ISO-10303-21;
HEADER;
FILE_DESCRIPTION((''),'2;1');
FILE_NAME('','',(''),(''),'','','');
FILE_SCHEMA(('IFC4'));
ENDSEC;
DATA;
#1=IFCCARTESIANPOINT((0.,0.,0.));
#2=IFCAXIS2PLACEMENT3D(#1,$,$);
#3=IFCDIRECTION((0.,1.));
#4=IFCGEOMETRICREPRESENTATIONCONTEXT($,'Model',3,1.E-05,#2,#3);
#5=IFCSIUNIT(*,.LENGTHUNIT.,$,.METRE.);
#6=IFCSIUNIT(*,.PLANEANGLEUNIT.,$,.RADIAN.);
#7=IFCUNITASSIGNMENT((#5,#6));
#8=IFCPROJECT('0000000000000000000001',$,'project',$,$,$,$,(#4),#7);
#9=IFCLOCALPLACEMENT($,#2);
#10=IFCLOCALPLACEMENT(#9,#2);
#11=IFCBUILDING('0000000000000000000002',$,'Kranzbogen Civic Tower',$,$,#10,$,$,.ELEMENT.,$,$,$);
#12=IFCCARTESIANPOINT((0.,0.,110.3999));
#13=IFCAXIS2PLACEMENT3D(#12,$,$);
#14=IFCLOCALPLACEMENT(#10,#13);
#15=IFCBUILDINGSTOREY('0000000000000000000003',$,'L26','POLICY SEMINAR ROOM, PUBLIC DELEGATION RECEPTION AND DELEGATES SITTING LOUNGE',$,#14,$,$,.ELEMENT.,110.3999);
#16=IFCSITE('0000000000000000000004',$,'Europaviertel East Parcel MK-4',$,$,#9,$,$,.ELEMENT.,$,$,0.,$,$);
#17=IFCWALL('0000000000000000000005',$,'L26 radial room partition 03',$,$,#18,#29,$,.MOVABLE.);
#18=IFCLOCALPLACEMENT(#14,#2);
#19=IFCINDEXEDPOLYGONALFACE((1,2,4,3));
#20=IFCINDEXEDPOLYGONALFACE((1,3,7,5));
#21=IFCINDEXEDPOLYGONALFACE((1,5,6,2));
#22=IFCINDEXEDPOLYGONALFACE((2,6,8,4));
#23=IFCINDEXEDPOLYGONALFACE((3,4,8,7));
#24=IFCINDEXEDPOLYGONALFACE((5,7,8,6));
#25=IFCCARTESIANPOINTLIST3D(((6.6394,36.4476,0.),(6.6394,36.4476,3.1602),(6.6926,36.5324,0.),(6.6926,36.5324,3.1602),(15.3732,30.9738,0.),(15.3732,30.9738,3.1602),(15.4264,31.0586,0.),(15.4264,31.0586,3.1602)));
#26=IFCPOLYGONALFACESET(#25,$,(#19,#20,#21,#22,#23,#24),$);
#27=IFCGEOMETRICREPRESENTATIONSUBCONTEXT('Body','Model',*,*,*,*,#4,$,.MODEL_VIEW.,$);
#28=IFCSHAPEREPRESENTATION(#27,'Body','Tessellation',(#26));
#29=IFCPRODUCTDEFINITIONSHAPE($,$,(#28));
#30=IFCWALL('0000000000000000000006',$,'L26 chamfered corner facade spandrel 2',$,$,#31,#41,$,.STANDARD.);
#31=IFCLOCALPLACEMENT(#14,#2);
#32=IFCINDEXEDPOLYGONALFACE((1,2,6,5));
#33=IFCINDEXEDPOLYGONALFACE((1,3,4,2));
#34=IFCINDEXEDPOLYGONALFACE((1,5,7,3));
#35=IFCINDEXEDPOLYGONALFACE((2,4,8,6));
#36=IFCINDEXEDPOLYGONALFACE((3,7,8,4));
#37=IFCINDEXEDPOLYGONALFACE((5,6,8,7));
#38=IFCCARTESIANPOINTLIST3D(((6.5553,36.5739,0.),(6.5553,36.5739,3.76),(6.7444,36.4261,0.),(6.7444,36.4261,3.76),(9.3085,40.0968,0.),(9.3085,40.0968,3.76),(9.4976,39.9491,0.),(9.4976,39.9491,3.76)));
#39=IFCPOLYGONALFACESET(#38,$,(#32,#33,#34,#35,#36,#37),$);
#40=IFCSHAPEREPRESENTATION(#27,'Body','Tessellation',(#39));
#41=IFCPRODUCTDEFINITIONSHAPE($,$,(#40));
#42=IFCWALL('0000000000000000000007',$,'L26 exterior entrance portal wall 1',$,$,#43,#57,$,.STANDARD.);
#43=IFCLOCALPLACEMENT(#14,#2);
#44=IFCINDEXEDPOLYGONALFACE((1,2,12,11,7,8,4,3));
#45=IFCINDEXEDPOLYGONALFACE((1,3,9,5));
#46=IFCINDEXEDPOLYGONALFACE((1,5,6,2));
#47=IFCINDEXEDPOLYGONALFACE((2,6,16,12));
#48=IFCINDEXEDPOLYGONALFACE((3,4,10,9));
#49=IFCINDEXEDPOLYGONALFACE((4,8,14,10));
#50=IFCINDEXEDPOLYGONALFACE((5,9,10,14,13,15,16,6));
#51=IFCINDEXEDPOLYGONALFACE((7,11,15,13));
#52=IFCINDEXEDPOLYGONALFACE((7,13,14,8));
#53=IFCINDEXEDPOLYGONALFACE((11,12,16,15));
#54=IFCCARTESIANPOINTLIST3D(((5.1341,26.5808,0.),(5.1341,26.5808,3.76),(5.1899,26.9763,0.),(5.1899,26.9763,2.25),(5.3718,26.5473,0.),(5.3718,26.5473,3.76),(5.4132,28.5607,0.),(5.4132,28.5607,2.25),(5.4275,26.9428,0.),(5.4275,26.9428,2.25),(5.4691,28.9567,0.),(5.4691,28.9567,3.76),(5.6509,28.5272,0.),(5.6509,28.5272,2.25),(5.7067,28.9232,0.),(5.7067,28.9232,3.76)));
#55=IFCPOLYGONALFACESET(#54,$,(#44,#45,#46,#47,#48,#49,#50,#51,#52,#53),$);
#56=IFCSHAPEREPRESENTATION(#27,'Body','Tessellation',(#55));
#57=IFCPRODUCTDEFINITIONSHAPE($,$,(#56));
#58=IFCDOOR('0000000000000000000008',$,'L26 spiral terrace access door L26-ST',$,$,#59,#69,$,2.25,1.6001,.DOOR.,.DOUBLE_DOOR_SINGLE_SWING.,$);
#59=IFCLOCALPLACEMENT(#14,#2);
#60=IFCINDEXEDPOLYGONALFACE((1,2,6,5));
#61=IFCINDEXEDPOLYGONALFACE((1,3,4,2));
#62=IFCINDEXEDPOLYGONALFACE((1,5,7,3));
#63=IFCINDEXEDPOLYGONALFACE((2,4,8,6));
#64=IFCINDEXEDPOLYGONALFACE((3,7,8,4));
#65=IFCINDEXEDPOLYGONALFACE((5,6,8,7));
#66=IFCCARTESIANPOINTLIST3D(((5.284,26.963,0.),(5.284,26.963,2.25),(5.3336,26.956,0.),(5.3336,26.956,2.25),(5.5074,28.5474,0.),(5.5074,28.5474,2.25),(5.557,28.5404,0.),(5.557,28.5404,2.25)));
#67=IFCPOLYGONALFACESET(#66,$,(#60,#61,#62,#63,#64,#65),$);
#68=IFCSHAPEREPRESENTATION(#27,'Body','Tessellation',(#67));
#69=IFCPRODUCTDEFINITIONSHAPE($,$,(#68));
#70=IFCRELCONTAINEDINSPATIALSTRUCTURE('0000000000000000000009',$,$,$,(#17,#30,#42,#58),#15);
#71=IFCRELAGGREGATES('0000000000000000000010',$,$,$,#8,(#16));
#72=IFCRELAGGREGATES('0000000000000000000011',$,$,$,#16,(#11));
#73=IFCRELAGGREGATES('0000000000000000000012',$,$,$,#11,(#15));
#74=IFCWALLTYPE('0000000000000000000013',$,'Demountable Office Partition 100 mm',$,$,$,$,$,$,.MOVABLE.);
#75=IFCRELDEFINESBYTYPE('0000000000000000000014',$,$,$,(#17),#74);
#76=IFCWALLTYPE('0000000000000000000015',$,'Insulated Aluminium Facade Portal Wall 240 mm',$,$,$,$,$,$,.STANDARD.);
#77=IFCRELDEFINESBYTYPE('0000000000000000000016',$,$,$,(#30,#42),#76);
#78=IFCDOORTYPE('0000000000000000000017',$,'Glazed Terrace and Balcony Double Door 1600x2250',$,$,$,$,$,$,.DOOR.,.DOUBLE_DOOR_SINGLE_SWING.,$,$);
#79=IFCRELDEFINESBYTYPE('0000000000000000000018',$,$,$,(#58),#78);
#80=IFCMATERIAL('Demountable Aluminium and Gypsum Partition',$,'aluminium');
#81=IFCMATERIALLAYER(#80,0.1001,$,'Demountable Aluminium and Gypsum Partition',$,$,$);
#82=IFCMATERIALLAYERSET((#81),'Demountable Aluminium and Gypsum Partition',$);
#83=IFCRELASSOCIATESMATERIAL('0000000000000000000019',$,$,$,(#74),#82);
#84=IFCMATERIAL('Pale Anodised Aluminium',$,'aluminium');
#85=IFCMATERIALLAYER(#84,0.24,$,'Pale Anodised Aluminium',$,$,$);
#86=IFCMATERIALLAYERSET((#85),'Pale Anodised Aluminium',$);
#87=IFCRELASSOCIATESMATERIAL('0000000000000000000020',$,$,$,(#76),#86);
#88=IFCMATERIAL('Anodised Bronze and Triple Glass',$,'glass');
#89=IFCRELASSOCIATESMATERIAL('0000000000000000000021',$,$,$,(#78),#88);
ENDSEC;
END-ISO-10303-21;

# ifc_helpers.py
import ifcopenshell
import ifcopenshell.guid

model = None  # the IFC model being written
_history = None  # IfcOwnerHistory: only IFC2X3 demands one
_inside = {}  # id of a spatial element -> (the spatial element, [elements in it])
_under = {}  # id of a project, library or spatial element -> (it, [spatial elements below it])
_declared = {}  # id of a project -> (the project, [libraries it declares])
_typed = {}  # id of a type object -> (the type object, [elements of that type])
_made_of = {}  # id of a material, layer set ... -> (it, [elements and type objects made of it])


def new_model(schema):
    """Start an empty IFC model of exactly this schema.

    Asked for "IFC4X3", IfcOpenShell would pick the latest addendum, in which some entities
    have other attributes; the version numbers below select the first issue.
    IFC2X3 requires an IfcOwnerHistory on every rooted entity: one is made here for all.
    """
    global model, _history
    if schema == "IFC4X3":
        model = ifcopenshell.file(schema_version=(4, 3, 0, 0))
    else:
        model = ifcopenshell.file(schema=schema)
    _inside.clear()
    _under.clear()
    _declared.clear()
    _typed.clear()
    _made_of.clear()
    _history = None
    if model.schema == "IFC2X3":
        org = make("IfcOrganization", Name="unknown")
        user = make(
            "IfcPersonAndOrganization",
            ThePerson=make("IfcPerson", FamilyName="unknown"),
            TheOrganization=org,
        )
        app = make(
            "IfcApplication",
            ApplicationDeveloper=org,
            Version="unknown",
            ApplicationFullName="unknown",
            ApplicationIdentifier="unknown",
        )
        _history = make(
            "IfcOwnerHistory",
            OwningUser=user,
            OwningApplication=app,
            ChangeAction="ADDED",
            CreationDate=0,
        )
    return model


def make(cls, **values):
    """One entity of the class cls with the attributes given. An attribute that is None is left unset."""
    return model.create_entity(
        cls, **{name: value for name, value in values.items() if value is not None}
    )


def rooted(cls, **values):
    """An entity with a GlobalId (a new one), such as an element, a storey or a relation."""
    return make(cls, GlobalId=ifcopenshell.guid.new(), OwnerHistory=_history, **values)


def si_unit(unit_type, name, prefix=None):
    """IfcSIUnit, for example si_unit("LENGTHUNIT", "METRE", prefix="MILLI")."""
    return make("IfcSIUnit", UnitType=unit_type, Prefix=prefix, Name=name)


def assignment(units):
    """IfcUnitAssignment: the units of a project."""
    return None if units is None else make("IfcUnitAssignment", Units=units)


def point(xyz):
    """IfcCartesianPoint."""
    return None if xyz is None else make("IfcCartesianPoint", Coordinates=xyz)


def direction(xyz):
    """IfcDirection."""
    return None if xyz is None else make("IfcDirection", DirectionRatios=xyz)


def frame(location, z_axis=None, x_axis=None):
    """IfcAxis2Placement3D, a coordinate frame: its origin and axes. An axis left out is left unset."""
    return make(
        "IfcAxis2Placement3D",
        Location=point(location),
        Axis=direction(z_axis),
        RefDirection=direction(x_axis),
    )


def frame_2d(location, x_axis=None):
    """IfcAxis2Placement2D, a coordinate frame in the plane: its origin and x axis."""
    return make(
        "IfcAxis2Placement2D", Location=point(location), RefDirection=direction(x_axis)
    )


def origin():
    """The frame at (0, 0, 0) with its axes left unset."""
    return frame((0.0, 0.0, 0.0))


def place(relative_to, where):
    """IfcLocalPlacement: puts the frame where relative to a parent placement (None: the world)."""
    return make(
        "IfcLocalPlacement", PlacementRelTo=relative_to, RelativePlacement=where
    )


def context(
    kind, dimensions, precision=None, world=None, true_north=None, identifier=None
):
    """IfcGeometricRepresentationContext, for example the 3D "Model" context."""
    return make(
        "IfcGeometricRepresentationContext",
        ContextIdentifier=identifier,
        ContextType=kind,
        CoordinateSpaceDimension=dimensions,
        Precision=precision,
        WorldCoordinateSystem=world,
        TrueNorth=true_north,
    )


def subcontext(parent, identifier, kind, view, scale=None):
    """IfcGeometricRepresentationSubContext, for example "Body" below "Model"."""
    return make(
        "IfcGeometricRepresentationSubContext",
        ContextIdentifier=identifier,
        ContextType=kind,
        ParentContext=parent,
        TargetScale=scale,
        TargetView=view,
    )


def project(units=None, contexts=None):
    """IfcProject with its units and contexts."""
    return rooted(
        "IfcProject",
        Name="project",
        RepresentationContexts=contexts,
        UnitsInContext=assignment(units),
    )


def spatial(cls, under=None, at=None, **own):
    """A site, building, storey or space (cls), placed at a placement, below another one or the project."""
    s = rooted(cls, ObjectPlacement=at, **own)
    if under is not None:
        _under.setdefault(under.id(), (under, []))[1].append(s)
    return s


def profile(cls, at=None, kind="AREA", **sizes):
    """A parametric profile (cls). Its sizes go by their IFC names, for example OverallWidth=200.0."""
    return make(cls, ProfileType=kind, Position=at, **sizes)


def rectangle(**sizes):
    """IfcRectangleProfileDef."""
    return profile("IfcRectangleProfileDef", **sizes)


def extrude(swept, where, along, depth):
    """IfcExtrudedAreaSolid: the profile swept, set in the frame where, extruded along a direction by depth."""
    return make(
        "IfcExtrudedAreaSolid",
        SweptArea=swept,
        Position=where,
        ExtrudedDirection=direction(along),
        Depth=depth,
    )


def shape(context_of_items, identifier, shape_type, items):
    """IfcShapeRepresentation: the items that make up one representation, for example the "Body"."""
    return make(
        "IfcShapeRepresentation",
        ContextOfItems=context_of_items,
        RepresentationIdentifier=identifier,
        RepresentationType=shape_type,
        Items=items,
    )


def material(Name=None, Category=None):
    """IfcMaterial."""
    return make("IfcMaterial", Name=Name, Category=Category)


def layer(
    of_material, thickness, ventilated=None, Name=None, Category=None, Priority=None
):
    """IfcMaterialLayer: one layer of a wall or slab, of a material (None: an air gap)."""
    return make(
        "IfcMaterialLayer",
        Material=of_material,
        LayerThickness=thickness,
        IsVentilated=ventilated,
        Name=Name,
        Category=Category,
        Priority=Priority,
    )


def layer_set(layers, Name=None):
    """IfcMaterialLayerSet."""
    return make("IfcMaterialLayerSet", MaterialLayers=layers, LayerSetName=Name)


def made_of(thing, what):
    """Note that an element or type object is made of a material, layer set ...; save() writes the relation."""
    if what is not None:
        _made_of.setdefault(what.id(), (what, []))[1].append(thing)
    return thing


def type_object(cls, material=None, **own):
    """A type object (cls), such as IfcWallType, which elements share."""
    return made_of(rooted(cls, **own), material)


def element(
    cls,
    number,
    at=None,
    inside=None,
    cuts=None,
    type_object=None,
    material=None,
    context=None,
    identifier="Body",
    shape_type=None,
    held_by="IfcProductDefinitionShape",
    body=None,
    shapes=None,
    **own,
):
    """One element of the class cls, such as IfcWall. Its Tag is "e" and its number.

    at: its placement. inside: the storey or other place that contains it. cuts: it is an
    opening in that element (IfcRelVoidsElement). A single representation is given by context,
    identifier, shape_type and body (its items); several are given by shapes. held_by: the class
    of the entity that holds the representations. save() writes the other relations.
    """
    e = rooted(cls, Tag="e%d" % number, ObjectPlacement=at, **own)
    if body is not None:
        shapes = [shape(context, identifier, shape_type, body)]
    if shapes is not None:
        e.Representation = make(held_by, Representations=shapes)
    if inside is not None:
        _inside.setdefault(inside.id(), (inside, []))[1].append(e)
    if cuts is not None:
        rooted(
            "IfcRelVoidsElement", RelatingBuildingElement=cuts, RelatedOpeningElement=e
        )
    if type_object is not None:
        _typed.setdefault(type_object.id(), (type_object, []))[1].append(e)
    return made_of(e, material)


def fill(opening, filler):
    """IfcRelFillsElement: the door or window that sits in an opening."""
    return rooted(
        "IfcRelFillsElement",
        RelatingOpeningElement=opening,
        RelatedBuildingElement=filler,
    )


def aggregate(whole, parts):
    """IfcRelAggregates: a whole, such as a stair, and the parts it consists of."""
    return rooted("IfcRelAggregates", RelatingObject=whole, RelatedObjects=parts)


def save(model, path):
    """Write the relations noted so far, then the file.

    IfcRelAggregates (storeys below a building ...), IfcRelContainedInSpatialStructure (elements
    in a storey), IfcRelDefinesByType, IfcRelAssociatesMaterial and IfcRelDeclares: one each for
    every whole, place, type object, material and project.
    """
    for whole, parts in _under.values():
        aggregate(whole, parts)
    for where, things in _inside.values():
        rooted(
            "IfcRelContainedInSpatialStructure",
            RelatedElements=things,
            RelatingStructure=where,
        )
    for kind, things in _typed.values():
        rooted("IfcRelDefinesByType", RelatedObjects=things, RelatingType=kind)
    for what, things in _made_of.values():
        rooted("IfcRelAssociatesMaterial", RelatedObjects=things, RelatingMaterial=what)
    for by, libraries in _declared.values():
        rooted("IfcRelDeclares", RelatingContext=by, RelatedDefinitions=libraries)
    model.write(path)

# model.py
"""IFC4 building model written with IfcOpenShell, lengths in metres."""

from ifc_helpers import new_model, si_unit, direction, frame, frame_2d, origin, place, context, subcontext, project, spatial, rectangle, extrude, material, layer, layer_set, type_object, element, fill, save


model = new_model("IFC4")

# Units and contexts
model_context = context("Model", 3, precision=1e-05, world=origin(), true_north=direction((0.0, 1.0)))
body_context = subcontext(model_context, "Body", "Model", "MODEL_VIEW")
ifc_project = project(units=[si_unit("LENGTHUNIT", "METRE"), si_unit("PLANEANGLEUNIT", "RADIAN")], contexts=[model_context])

# Site, building, storey
site_placement = place(None, origin())
site = spatial("IfcSite", under=ifc_project, at=site_placement, Name="Europaviertel East Parcel MK-4", CompositionType="ELEMENT", RefElevation=0.0)
building_placement = place(site_placement, origin())
building = spatial("IfcBuilding", under=site, at=building_placement, Name="Kranzbogen Civic Tower", CompositionType="ELEMENT")
storey_placement = place(building_placement, frame((0.0, 0.0, 110.3999)))
storey = spatial("IfcBuildingStorey", under=building, at=storey_placement, Name="L26", Description="POLICY SEMINAR ROOM, PUBLIC DELEGATION RECEPTION AND DELEGATES SITTING LOUNGE", CompositionType="ELEMENT", Elevation=110.3999)

# Shared definitions
ifc_material_1 = material(Name="Pale Anodised Aluminium", Category="aluminium")

# Walls
ifc_material_2 = material(Name="Demountable Aluminium and Gypsum Partition", Category="aluminium")
ifc_layer_1 = layer(ifc_material_2, 0.1001, Name="Demountable Aluminium and Gypsum Partition")
ifc_layer_set_1 = layer_set([ifc_layer_1], Name="Demountable Aluminium and Gypsum Partition")
wall_type_1 = type_object("IfcWallType", Name="Demountable Office Partition 100 mm", PredefinedType="MOVABLE", material=ifc_layer_set_1)
wall_1_placement = place(storey_placement, frame((15.3999, 31.0161, 0.0), z_axis=(0.0, 0.0, 1.0), x_axis=(-0.847335, 0.531059, 0.0)))
element("IfcWall", 1, at=wall_1_placement, inside=storey, type_object=wall_type_1, Name="L26 radial room partition 03", PredefinedType="MOVABLE", context=body_context, shape_type="SweptSolid", body=[
    extrude(rectangle(XDim=10.3074, YDim=0.1001, at=frame_2d((5.1538, 0.0))), origin(), (0.0, 0.0, 1.0), 3.1602),
])
ifc_layer_2 = layer(ifc_material_1, 0.24, Name="Pale Anodised Aluminium")
ifc_layer_set_2 = layer_set([ifc_layer_2], Name="Pale Anodised Aluminium")
wall_type_2 = type_object("IfcWallType", Name="Insulated Aluminium Facade Portal Wall 240 mm", PredefinedType="STANDARD", material=ifc_layer_set_2)
wall_2_placement = place(storey_placement, frame((9.4031, 40.0229, 0.0), z_axis=(0.0, 0.0, 1.0), x_axis=(-0.615765, -0.78793, 0.0)))
element("IfcWall", 2, at=wall_2_placement, inside=storey, type_object=wall_type_2, Name="L26 chamfered corner facade spandrel 2", PredefinedType="STANDARD", context=body_context, shape_type="SweptSolid", body=[
    extrude(rectangle(XDim=4.4712, YDim=0.24, at=frame_2d((2.2356, 0.0))), origin(), (0.0, 0.0, 1.0), 3.76),
])

# Wall, opening, door
wall_3_placement = place(storey_placement, frame((5.5879, 28.9399, 0.0), z_axis=(0.0, 0.0, 1.0), x_axis=(-0.139598, -0.990208, 0.0)))
wall_3 = element("IfcWall", 3, at=wall_3_placement, inside=storey, type_object=wall_type_2, Name="L26 exterior entrance portal wall 1", PredefinedType="STANDARD", context=body_context, shape_type="SweptSolid", body=[
    extrude(rectangle(XDim=2.3994, YDim=0.24, at=frame_2d((1.1997, 0.0))), origin(), (0.0, 0.0, 1.0), 3.76),
])
opening_1_placement = place(wall_3_placement, frame((0.3999, 0.0, 0.0)))
opening_1 = element("IfcOpeningElement", 4, at=opening_1_placement, cuts=wall_3, PredefinedType="OPENING", context=body_context, shape_type="SweptSolid", body=[
    extrude(rectangle(XDim=1.6001, YDim=2.25, at=frame_2d((0.8, 1.125))), frame((0.0, 0.1299, 0.0), z_axis=(0.0, -1.0, 0.0), x_axis=(1.0, 0.0, 0.0)), (0.0, 0.0, 1.0), 0.26),
])
ifc_material_3 = material(Name="Anodised Bronze and Triple Glass", Category="glass")
door_type_1 = type_object("IfcDoorType", Name="Glazed Terrace and Balcony Double Door 1600x2250", OperationType="DOUBLE_DOOR_SINGLE_SWING", PredefinedType="DOOR", material=ifc_material_3)
door_1_placement = place(opening_1_placement, frame((1.6001, 0.0, 0.0), z_axis=(0.0, 0.0, 1.0), x_axis=(-1.0, 0.0, 0.0)))
door_1 = element("IfcDoor", 5, at=door_1_placement, inside=storey, type_object=door_type_1, Name="L26 spiral terrace access door L26-ST", OperationType="DOUBLE_DOOR_SINGLE_SWING", OverallHeight=2.25, OverallWidth=1.6001, PredefinedType="DOOR", context=body_context, shape_type="SweptSolid", body=[
    extrude(rectangle(XDim=1.6001, YDim=2.25, at=frame_2d((0.8, 1.125))), frame((0.0, 0.0249, 0.0), z_axis=(0.0, -1.0, 0.0), x_axis=(1.0, 0.0, 0.0)), (0.0, 0.0, 1.0), 0.05),
])
fill(opening_1, door_1)

save(model, "model.ifc")
